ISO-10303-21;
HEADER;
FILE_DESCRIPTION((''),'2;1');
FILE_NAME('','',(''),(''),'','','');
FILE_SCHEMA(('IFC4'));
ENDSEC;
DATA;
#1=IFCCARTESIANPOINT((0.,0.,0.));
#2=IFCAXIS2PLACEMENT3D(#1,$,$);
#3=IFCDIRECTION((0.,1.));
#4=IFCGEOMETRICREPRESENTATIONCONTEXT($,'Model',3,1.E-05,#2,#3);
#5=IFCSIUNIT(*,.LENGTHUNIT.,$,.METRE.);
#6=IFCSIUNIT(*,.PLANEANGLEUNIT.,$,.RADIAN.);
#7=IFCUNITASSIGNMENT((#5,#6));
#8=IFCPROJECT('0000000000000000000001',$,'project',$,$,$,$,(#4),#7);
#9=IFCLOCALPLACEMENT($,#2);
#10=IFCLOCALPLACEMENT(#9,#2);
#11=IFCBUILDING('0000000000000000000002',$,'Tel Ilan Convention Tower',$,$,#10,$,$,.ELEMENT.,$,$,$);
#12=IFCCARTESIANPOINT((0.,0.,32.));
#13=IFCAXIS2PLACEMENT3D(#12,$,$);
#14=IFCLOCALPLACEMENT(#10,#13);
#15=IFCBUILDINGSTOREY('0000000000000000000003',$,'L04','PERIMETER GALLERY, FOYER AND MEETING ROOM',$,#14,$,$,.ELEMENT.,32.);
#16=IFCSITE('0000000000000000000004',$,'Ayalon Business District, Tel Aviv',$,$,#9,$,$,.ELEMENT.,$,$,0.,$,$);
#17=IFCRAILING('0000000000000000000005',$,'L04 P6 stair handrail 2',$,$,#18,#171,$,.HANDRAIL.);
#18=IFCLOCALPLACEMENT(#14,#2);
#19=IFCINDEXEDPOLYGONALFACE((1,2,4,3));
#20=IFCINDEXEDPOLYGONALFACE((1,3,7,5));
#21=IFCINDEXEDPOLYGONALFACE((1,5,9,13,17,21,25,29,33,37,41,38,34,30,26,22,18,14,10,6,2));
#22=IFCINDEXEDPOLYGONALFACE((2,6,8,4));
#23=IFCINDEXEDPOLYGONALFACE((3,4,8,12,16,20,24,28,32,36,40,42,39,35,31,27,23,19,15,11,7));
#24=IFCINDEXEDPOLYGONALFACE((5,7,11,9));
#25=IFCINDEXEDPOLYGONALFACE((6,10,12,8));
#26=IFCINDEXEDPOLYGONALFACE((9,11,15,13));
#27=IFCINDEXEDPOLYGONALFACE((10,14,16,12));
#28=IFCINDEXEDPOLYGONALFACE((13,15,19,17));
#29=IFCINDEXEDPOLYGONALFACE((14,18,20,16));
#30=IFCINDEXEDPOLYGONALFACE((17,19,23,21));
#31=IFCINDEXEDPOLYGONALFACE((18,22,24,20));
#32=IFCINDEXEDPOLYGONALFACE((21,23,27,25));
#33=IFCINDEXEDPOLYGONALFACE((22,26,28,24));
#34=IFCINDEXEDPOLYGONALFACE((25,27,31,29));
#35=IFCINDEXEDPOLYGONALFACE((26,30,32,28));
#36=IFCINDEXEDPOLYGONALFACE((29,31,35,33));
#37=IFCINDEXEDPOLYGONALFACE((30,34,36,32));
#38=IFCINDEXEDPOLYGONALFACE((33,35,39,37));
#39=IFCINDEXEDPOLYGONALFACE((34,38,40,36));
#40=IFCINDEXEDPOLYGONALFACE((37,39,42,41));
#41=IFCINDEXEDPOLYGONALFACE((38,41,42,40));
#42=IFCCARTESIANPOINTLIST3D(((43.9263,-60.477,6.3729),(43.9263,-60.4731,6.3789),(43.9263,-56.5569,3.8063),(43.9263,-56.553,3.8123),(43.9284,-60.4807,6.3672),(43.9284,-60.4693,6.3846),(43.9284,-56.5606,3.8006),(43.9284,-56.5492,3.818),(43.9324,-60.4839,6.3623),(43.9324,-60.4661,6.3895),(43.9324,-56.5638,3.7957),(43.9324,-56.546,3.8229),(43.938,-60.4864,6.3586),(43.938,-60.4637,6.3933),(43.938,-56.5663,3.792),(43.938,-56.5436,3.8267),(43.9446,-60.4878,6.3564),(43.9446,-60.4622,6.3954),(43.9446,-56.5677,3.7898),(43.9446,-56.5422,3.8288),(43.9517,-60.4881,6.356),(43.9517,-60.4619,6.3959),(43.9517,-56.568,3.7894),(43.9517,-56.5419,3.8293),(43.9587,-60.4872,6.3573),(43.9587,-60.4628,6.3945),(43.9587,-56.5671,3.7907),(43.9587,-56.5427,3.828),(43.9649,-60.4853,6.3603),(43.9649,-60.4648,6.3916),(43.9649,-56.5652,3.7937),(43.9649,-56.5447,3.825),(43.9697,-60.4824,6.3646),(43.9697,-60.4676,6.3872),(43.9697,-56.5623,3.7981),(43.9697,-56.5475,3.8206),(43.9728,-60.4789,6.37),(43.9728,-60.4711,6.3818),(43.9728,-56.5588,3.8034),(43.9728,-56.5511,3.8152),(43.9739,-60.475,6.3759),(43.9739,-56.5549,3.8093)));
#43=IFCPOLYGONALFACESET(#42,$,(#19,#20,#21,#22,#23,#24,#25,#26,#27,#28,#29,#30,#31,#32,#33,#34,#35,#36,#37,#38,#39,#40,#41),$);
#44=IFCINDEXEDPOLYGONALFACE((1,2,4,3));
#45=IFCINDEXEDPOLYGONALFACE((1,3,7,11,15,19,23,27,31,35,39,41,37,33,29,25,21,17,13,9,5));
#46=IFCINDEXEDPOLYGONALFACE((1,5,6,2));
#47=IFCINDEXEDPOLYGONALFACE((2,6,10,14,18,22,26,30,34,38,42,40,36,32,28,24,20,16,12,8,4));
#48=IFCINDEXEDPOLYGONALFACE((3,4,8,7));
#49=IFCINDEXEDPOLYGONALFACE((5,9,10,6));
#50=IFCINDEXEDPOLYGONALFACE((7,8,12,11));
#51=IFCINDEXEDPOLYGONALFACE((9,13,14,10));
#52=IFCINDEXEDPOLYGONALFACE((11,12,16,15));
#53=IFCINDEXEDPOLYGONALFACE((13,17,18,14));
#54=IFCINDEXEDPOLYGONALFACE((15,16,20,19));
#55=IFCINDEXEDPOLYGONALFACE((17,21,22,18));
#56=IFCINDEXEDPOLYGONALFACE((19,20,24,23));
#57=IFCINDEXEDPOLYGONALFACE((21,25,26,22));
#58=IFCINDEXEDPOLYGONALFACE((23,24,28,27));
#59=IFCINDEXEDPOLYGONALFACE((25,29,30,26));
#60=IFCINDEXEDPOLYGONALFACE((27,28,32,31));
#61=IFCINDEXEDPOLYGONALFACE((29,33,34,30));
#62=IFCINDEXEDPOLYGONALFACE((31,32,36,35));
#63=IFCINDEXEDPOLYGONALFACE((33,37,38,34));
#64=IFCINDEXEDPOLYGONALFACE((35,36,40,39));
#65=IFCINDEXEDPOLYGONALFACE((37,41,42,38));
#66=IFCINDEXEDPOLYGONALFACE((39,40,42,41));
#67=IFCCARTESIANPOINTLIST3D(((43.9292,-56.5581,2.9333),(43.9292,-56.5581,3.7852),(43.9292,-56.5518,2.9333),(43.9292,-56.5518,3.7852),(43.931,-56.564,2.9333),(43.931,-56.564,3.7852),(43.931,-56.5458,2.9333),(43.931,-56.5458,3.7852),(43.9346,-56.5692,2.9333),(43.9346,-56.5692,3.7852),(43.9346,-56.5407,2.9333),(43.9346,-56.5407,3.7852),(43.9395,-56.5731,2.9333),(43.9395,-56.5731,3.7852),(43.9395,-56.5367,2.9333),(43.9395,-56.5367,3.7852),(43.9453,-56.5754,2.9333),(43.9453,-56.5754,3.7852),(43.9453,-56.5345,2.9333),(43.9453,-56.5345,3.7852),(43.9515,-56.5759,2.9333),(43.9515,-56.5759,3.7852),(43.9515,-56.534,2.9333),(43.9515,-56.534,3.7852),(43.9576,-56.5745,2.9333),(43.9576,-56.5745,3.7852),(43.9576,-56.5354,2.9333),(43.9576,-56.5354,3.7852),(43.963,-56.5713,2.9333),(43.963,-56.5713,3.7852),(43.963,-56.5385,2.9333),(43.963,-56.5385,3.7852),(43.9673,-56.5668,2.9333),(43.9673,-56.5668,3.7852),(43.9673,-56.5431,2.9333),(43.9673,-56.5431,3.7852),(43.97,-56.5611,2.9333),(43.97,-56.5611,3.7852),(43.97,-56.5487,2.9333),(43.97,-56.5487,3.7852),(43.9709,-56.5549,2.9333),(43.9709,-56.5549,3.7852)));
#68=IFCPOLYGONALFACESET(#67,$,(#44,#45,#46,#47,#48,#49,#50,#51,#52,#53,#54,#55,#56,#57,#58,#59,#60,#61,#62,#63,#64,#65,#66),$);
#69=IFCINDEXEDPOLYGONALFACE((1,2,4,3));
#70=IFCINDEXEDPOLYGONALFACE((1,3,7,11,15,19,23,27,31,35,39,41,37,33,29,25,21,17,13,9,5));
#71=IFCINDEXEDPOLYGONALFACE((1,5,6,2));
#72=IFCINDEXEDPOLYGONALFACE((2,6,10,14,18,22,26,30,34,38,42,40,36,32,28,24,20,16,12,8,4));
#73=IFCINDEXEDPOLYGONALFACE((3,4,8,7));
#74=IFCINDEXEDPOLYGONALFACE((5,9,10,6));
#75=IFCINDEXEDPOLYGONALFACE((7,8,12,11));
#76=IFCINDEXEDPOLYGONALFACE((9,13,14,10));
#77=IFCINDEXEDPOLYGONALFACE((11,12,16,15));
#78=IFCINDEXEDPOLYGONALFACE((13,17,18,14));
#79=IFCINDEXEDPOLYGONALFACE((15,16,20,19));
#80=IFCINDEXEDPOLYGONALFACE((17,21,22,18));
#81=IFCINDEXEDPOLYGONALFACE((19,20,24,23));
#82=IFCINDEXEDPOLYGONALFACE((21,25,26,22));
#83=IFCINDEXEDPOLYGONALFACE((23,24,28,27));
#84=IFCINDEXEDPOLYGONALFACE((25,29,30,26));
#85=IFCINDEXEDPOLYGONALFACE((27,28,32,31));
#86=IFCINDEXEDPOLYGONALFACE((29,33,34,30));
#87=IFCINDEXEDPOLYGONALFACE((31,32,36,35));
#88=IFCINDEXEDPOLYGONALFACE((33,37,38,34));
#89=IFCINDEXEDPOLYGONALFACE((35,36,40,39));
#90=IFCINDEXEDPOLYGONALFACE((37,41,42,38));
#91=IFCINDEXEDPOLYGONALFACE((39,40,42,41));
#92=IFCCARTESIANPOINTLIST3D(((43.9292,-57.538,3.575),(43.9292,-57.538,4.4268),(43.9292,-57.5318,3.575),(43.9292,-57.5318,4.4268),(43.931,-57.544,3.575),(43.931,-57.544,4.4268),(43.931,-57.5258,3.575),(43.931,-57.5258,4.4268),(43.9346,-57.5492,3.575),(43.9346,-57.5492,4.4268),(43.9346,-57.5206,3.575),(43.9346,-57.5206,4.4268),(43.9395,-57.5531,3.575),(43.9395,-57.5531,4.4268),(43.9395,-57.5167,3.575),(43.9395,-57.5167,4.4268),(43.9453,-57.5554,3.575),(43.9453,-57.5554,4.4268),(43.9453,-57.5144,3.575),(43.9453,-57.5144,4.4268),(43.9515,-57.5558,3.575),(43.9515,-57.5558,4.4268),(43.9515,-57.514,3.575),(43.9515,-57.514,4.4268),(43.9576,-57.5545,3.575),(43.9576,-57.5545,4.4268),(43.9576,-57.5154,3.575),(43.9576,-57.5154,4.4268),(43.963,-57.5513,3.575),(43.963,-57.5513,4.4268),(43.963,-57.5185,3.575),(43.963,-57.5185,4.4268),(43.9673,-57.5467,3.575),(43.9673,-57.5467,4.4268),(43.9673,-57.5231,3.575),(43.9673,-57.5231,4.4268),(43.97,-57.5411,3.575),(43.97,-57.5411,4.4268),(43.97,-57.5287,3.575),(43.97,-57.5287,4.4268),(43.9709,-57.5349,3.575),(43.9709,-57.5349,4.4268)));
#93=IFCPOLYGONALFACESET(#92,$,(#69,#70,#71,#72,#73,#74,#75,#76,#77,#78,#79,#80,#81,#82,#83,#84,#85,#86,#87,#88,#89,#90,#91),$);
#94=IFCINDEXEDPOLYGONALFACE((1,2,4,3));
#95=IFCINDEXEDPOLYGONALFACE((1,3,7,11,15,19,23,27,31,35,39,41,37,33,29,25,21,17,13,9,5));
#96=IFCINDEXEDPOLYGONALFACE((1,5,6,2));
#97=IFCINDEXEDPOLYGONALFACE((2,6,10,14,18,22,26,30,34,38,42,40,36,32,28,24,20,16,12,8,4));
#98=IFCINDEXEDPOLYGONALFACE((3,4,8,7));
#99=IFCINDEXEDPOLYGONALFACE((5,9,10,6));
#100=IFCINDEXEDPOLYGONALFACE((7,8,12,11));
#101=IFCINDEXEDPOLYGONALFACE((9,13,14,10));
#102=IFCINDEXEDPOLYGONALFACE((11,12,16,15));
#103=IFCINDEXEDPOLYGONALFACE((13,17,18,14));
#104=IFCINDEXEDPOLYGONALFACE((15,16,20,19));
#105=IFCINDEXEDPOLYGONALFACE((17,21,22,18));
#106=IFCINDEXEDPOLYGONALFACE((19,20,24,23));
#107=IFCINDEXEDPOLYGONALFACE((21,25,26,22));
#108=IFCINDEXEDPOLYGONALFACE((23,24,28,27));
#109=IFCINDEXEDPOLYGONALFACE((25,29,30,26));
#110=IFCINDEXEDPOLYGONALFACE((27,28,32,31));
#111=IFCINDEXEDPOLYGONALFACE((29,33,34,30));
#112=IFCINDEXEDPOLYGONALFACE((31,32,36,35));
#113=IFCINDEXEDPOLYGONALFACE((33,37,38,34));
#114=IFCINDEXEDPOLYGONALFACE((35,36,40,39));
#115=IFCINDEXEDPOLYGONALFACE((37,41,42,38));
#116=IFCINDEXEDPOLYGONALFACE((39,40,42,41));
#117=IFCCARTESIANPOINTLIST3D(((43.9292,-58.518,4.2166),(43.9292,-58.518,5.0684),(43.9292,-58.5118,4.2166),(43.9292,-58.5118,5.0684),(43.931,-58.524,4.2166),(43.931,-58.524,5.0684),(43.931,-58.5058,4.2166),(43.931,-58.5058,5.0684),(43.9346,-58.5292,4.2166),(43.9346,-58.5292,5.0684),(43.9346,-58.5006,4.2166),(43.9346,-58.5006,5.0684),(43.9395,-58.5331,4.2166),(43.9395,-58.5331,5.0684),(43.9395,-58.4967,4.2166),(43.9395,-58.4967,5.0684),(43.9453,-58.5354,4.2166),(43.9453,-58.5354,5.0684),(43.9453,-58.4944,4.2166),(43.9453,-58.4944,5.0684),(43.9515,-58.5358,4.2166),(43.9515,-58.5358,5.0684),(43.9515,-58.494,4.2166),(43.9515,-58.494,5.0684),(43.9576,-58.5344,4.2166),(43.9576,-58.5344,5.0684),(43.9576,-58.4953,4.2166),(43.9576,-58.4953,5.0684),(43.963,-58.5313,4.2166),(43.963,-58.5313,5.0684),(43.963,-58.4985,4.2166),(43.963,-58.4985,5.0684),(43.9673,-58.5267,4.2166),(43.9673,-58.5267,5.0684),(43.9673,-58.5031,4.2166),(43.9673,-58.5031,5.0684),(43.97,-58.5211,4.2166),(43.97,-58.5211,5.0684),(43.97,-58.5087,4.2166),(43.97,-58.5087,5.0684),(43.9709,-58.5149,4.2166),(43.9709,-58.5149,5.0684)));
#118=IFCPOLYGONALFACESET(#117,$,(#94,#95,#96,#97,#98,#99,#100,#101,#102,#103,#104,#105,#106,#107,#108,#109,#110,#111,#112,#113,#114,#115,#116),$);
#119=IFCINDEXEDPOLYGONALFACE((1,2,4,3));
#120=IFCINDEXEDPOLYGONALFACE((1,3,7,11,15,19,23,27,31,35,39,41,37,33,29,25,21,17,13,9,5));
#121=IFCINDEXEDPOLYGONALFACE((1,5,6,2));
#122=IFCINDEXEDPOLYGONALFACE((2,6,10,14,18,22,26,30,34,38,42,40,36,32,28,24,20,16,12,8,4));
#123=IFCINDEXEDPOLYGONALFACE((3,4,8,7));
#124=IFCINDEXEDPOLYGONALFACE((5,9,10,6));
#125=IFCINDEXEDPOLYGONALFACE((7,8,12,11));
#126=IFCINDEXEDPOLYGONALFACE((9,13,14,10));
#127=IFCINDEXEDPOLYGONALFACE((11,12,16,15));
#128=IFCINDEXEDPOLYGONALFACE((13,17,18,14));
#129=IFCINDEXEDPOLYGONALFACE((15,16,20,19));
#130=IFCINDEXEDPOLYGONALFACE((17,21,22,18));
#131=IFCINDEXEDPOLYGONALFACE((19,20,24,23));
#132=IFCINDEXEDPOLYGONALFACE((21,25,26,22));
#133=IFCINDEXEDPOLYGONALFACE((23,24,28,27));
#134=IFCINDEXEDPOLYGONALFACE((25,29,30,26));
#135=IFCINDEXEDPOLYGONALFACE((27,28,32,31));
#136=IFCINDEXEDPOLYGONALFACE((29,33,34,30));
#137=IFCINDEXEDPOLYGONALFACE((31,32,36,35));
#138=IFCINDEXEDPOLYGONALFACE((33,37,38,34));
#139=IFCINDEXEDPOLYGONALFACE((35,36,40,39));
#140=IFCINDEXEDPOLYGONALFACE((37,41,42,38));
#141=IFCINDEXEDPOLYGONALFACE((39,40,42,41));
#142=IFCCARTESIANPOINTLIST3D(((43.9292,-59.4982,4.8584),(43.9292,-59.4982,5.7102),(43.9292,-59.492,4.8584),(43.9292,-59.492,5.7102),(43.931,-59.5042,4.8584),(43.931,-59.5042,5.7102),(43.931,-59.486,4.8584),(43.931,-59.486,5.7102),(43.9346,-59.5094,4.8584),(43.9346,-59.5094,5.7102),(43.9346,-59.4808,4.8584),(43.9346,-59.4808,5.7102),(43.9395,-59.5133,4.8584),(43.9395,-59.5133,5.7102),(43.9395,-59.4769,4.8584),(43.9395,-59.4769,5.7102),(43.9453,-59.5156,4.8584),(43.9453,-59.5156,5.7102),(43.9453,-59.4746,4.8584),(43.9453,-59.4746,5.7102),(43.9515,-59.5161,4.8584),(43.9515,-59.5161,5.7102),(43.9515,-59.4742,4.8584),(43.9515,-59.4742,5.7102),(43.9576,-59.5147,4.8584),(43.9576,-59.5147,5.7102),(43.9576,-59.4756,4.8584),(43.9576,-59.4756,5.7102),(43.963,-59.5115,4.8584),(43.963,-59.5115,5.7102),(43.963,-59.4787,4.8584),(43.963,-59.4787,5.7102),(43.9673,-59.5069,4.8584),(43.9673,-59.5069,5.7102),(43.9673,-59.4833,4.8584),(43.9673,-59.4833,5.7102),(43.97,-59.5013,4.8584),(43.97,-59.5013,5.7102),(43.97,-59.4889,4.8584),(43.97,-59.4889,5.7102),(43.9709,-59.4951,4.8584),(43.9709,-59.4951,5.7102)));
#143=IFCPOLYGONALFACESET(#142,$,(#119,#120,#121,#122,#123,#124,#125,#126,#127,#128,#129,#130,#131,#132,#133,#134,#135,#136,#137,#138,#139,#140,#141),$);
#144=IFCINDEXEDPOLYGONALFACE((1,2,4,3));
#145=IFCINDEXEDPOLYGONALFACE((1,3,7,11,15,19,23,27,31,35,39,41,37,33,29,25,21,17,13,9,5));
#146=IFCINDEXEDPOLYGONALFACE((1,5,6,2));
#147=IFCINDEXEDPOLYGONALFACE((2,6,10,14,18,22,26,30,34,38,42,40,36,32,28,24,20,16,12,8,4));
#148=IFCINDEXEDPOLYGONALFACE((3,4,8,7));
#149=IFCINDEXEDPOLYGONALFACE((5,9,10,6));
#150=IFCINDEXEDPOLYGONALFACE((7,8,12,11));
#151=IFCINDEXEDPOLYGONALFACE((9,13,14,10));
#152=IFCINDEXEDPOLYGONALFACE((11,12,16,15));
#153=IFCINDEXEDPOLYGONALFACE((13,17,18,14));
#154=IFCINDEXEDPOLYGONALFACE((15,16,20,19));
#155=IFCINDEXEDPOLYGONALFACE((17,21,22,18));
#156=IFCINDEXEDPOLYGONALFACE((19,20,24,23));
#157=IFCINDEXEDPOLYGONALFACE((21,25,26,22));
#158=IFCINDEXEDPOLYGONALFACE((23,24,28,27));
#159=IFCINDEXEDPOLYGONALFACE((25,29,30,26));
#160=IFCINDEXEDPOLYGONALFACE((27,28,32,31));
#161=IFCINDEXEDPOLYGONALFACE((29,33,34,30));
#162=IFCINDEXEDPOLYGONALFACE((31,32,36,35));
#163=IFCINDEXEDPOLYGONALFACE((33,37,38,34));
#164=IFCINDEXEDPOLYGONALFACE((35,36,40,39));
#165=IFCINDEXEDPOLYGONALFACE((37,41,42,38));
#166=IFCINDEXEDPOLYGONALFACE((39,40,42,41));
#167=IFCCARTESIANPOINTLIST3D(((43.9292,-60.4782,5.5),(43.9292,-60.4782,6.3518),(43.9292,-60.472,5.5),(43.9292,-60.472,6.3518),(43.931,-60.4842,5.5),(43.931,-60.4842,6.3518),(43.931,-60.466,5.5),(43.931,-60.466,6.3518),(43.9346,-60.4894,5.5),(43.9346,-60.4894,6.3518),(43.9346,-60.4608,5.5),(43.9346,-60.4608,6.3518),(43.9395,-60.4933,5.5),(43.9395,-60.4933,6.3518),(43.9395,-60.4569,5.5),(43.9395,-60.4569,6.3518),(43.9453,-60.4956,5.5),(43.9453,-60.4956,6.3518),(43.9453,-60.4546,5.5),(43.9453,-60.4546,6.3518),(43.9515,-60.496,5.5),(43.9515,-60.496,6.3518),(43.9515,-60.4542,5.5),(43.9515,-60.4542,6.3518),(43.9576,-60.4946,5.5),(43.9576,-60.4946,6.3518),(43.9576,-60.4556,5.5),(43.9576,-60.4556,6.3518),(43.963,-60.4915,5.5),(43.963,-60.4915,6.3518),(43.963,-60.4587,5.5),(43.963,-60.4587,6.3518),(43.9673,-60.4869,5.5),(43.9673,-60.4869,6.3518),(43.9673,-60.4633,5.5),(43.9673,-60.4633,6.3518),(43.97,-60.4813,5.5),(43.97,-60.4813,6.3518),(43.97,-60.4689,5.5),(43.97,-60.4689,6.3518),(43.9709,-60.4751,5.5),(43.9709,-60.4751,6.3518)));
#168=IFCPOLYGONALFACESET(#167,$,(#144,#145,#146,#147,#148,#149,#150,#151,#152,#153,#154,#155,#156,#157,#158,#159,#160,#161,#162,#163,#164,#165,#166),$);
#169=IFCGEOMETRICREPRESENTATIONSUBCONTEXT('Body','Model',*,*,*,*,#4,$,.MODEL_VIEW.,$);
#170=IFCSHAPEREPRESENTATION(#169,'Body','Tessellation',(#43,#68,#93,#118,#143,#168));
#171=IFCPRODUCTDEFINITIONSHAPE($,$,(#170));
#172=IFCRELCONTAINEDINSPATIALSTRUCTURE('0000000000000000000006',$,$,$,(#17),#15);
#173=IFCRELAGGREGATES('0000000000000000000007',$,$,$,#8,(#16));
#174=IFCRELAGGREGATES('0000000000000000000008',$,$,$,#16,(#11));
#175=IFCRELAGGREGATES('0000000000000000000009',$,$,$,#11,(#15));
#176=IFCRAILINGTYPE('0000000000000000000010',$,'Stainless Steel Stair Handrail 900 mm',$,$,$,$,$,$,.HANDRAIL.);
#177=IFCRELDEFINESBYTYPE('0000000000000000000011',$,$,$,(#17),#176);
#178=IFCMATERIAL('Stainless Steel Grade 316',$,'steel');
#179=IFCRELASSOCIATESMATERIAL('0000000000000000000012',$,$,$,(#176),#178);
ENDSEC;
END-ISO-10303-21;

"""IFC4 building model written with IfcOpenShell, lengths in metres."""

from ifc_helpers import new_model, si_unit, direction, frame, origin, origin_2d, place, context, subcontext, project, spatial, circle, extrude, material, type_object, element, save


model = new_model("IFC4")

# Units and contexts
model_context = context("Model", 3, precision=1e-05, world=origin(), true_north=direction((0.0, 1.0)))
body_context = subcontext(model_context, "Body", "Model", "MODEL_VIEW")
ifc_project = project(units=[si_unit("LENGTHUNIT", "METRE"), si_unit("PLANEANGLEUNIT", "RADIAN")], contexts=[model_context])

# Site, building, storey
site_placement = place(None, origin())
site = spatial("IfcSite", under=ifc_project, at=site_placement, Name="Ayalon Business District, Tel Aviv", CompositionType="ELEMENT", RefElevation=0.0)
building_placement = place(site_placement, origin())
building = spatial("IfcBuilding", under=site, at=building_placement, Name="Tel Ilan Convention Tower", CompositionType="ELEMENT")
storey_placement = place(building_placement, frame((0.0, 0.0, 32.0)))
storey = spatial("IfcBuildingStorey", under=building, at=storey_placement, Name="L04", Description="PERIMETER GALLERY, FOYER AND MEETING ROOM", CompositionType="ELEMENT", Elevation=32.0)

# Railing
ifc_material_1 = material(Name="Stainless Steel Grade 316", Category="steel")
railing_type_1 = type_object("IfcRailingType", Name="Stainless Steel Stair Handrail 900 mm", PredefinedType="HANDRAIL", material=ifc_material_1)
railing_1_placement = place(storey_placement, frame((43.95, -56.5549, 2.9333)))
element("IfcRailing", 1, at=railing_1_placement, inside=storey, type_object=railing_type_1, Name="L04 P6 stair handrail 2", PredefinedType="HANDRAIL", context=body_context, shape_type="SweptSolid", body=[
    extrude(circle(Radius=0.0239, at=origin_2d()), frame((0.0, 0.0, 0.876), z_axis=(0.0, -0.836631, 0.547767), x_axis=(1.0, 0.0, 0.0)), (0.0, 0.0, 1.0), 4.6855),
    extrude(circle(Radius=0.021, at=origin_2d()), origin(), (0.0, 0.0, 1.0), 0.8518),
    extrude(circle(Radius=0.021, at=origin_2d()), frame((0.0, -0.98, 0.6416)), (0.0, 0.0, 1.0), 0.8518),
    extrude(circle(Radius=0.021, at=origin_2d()), frame((0.0, -1.96, 1.2832)), (0.0, 0.0, 1.0), 0.8518),
    extrude(circle(Radius=0.021, at=origin_2d()), frame((0.0, -2.9402, 1.925)), (0.0, 0.0, 1.0), 0.8518),
    extrude(circle(Radius=0.021, at=origin_2d()), frame((0.0, -3.9202, 2.5667)), (0.0, 0.0, 1.0), 0.8518),
])

save(model, "model.ifc")
